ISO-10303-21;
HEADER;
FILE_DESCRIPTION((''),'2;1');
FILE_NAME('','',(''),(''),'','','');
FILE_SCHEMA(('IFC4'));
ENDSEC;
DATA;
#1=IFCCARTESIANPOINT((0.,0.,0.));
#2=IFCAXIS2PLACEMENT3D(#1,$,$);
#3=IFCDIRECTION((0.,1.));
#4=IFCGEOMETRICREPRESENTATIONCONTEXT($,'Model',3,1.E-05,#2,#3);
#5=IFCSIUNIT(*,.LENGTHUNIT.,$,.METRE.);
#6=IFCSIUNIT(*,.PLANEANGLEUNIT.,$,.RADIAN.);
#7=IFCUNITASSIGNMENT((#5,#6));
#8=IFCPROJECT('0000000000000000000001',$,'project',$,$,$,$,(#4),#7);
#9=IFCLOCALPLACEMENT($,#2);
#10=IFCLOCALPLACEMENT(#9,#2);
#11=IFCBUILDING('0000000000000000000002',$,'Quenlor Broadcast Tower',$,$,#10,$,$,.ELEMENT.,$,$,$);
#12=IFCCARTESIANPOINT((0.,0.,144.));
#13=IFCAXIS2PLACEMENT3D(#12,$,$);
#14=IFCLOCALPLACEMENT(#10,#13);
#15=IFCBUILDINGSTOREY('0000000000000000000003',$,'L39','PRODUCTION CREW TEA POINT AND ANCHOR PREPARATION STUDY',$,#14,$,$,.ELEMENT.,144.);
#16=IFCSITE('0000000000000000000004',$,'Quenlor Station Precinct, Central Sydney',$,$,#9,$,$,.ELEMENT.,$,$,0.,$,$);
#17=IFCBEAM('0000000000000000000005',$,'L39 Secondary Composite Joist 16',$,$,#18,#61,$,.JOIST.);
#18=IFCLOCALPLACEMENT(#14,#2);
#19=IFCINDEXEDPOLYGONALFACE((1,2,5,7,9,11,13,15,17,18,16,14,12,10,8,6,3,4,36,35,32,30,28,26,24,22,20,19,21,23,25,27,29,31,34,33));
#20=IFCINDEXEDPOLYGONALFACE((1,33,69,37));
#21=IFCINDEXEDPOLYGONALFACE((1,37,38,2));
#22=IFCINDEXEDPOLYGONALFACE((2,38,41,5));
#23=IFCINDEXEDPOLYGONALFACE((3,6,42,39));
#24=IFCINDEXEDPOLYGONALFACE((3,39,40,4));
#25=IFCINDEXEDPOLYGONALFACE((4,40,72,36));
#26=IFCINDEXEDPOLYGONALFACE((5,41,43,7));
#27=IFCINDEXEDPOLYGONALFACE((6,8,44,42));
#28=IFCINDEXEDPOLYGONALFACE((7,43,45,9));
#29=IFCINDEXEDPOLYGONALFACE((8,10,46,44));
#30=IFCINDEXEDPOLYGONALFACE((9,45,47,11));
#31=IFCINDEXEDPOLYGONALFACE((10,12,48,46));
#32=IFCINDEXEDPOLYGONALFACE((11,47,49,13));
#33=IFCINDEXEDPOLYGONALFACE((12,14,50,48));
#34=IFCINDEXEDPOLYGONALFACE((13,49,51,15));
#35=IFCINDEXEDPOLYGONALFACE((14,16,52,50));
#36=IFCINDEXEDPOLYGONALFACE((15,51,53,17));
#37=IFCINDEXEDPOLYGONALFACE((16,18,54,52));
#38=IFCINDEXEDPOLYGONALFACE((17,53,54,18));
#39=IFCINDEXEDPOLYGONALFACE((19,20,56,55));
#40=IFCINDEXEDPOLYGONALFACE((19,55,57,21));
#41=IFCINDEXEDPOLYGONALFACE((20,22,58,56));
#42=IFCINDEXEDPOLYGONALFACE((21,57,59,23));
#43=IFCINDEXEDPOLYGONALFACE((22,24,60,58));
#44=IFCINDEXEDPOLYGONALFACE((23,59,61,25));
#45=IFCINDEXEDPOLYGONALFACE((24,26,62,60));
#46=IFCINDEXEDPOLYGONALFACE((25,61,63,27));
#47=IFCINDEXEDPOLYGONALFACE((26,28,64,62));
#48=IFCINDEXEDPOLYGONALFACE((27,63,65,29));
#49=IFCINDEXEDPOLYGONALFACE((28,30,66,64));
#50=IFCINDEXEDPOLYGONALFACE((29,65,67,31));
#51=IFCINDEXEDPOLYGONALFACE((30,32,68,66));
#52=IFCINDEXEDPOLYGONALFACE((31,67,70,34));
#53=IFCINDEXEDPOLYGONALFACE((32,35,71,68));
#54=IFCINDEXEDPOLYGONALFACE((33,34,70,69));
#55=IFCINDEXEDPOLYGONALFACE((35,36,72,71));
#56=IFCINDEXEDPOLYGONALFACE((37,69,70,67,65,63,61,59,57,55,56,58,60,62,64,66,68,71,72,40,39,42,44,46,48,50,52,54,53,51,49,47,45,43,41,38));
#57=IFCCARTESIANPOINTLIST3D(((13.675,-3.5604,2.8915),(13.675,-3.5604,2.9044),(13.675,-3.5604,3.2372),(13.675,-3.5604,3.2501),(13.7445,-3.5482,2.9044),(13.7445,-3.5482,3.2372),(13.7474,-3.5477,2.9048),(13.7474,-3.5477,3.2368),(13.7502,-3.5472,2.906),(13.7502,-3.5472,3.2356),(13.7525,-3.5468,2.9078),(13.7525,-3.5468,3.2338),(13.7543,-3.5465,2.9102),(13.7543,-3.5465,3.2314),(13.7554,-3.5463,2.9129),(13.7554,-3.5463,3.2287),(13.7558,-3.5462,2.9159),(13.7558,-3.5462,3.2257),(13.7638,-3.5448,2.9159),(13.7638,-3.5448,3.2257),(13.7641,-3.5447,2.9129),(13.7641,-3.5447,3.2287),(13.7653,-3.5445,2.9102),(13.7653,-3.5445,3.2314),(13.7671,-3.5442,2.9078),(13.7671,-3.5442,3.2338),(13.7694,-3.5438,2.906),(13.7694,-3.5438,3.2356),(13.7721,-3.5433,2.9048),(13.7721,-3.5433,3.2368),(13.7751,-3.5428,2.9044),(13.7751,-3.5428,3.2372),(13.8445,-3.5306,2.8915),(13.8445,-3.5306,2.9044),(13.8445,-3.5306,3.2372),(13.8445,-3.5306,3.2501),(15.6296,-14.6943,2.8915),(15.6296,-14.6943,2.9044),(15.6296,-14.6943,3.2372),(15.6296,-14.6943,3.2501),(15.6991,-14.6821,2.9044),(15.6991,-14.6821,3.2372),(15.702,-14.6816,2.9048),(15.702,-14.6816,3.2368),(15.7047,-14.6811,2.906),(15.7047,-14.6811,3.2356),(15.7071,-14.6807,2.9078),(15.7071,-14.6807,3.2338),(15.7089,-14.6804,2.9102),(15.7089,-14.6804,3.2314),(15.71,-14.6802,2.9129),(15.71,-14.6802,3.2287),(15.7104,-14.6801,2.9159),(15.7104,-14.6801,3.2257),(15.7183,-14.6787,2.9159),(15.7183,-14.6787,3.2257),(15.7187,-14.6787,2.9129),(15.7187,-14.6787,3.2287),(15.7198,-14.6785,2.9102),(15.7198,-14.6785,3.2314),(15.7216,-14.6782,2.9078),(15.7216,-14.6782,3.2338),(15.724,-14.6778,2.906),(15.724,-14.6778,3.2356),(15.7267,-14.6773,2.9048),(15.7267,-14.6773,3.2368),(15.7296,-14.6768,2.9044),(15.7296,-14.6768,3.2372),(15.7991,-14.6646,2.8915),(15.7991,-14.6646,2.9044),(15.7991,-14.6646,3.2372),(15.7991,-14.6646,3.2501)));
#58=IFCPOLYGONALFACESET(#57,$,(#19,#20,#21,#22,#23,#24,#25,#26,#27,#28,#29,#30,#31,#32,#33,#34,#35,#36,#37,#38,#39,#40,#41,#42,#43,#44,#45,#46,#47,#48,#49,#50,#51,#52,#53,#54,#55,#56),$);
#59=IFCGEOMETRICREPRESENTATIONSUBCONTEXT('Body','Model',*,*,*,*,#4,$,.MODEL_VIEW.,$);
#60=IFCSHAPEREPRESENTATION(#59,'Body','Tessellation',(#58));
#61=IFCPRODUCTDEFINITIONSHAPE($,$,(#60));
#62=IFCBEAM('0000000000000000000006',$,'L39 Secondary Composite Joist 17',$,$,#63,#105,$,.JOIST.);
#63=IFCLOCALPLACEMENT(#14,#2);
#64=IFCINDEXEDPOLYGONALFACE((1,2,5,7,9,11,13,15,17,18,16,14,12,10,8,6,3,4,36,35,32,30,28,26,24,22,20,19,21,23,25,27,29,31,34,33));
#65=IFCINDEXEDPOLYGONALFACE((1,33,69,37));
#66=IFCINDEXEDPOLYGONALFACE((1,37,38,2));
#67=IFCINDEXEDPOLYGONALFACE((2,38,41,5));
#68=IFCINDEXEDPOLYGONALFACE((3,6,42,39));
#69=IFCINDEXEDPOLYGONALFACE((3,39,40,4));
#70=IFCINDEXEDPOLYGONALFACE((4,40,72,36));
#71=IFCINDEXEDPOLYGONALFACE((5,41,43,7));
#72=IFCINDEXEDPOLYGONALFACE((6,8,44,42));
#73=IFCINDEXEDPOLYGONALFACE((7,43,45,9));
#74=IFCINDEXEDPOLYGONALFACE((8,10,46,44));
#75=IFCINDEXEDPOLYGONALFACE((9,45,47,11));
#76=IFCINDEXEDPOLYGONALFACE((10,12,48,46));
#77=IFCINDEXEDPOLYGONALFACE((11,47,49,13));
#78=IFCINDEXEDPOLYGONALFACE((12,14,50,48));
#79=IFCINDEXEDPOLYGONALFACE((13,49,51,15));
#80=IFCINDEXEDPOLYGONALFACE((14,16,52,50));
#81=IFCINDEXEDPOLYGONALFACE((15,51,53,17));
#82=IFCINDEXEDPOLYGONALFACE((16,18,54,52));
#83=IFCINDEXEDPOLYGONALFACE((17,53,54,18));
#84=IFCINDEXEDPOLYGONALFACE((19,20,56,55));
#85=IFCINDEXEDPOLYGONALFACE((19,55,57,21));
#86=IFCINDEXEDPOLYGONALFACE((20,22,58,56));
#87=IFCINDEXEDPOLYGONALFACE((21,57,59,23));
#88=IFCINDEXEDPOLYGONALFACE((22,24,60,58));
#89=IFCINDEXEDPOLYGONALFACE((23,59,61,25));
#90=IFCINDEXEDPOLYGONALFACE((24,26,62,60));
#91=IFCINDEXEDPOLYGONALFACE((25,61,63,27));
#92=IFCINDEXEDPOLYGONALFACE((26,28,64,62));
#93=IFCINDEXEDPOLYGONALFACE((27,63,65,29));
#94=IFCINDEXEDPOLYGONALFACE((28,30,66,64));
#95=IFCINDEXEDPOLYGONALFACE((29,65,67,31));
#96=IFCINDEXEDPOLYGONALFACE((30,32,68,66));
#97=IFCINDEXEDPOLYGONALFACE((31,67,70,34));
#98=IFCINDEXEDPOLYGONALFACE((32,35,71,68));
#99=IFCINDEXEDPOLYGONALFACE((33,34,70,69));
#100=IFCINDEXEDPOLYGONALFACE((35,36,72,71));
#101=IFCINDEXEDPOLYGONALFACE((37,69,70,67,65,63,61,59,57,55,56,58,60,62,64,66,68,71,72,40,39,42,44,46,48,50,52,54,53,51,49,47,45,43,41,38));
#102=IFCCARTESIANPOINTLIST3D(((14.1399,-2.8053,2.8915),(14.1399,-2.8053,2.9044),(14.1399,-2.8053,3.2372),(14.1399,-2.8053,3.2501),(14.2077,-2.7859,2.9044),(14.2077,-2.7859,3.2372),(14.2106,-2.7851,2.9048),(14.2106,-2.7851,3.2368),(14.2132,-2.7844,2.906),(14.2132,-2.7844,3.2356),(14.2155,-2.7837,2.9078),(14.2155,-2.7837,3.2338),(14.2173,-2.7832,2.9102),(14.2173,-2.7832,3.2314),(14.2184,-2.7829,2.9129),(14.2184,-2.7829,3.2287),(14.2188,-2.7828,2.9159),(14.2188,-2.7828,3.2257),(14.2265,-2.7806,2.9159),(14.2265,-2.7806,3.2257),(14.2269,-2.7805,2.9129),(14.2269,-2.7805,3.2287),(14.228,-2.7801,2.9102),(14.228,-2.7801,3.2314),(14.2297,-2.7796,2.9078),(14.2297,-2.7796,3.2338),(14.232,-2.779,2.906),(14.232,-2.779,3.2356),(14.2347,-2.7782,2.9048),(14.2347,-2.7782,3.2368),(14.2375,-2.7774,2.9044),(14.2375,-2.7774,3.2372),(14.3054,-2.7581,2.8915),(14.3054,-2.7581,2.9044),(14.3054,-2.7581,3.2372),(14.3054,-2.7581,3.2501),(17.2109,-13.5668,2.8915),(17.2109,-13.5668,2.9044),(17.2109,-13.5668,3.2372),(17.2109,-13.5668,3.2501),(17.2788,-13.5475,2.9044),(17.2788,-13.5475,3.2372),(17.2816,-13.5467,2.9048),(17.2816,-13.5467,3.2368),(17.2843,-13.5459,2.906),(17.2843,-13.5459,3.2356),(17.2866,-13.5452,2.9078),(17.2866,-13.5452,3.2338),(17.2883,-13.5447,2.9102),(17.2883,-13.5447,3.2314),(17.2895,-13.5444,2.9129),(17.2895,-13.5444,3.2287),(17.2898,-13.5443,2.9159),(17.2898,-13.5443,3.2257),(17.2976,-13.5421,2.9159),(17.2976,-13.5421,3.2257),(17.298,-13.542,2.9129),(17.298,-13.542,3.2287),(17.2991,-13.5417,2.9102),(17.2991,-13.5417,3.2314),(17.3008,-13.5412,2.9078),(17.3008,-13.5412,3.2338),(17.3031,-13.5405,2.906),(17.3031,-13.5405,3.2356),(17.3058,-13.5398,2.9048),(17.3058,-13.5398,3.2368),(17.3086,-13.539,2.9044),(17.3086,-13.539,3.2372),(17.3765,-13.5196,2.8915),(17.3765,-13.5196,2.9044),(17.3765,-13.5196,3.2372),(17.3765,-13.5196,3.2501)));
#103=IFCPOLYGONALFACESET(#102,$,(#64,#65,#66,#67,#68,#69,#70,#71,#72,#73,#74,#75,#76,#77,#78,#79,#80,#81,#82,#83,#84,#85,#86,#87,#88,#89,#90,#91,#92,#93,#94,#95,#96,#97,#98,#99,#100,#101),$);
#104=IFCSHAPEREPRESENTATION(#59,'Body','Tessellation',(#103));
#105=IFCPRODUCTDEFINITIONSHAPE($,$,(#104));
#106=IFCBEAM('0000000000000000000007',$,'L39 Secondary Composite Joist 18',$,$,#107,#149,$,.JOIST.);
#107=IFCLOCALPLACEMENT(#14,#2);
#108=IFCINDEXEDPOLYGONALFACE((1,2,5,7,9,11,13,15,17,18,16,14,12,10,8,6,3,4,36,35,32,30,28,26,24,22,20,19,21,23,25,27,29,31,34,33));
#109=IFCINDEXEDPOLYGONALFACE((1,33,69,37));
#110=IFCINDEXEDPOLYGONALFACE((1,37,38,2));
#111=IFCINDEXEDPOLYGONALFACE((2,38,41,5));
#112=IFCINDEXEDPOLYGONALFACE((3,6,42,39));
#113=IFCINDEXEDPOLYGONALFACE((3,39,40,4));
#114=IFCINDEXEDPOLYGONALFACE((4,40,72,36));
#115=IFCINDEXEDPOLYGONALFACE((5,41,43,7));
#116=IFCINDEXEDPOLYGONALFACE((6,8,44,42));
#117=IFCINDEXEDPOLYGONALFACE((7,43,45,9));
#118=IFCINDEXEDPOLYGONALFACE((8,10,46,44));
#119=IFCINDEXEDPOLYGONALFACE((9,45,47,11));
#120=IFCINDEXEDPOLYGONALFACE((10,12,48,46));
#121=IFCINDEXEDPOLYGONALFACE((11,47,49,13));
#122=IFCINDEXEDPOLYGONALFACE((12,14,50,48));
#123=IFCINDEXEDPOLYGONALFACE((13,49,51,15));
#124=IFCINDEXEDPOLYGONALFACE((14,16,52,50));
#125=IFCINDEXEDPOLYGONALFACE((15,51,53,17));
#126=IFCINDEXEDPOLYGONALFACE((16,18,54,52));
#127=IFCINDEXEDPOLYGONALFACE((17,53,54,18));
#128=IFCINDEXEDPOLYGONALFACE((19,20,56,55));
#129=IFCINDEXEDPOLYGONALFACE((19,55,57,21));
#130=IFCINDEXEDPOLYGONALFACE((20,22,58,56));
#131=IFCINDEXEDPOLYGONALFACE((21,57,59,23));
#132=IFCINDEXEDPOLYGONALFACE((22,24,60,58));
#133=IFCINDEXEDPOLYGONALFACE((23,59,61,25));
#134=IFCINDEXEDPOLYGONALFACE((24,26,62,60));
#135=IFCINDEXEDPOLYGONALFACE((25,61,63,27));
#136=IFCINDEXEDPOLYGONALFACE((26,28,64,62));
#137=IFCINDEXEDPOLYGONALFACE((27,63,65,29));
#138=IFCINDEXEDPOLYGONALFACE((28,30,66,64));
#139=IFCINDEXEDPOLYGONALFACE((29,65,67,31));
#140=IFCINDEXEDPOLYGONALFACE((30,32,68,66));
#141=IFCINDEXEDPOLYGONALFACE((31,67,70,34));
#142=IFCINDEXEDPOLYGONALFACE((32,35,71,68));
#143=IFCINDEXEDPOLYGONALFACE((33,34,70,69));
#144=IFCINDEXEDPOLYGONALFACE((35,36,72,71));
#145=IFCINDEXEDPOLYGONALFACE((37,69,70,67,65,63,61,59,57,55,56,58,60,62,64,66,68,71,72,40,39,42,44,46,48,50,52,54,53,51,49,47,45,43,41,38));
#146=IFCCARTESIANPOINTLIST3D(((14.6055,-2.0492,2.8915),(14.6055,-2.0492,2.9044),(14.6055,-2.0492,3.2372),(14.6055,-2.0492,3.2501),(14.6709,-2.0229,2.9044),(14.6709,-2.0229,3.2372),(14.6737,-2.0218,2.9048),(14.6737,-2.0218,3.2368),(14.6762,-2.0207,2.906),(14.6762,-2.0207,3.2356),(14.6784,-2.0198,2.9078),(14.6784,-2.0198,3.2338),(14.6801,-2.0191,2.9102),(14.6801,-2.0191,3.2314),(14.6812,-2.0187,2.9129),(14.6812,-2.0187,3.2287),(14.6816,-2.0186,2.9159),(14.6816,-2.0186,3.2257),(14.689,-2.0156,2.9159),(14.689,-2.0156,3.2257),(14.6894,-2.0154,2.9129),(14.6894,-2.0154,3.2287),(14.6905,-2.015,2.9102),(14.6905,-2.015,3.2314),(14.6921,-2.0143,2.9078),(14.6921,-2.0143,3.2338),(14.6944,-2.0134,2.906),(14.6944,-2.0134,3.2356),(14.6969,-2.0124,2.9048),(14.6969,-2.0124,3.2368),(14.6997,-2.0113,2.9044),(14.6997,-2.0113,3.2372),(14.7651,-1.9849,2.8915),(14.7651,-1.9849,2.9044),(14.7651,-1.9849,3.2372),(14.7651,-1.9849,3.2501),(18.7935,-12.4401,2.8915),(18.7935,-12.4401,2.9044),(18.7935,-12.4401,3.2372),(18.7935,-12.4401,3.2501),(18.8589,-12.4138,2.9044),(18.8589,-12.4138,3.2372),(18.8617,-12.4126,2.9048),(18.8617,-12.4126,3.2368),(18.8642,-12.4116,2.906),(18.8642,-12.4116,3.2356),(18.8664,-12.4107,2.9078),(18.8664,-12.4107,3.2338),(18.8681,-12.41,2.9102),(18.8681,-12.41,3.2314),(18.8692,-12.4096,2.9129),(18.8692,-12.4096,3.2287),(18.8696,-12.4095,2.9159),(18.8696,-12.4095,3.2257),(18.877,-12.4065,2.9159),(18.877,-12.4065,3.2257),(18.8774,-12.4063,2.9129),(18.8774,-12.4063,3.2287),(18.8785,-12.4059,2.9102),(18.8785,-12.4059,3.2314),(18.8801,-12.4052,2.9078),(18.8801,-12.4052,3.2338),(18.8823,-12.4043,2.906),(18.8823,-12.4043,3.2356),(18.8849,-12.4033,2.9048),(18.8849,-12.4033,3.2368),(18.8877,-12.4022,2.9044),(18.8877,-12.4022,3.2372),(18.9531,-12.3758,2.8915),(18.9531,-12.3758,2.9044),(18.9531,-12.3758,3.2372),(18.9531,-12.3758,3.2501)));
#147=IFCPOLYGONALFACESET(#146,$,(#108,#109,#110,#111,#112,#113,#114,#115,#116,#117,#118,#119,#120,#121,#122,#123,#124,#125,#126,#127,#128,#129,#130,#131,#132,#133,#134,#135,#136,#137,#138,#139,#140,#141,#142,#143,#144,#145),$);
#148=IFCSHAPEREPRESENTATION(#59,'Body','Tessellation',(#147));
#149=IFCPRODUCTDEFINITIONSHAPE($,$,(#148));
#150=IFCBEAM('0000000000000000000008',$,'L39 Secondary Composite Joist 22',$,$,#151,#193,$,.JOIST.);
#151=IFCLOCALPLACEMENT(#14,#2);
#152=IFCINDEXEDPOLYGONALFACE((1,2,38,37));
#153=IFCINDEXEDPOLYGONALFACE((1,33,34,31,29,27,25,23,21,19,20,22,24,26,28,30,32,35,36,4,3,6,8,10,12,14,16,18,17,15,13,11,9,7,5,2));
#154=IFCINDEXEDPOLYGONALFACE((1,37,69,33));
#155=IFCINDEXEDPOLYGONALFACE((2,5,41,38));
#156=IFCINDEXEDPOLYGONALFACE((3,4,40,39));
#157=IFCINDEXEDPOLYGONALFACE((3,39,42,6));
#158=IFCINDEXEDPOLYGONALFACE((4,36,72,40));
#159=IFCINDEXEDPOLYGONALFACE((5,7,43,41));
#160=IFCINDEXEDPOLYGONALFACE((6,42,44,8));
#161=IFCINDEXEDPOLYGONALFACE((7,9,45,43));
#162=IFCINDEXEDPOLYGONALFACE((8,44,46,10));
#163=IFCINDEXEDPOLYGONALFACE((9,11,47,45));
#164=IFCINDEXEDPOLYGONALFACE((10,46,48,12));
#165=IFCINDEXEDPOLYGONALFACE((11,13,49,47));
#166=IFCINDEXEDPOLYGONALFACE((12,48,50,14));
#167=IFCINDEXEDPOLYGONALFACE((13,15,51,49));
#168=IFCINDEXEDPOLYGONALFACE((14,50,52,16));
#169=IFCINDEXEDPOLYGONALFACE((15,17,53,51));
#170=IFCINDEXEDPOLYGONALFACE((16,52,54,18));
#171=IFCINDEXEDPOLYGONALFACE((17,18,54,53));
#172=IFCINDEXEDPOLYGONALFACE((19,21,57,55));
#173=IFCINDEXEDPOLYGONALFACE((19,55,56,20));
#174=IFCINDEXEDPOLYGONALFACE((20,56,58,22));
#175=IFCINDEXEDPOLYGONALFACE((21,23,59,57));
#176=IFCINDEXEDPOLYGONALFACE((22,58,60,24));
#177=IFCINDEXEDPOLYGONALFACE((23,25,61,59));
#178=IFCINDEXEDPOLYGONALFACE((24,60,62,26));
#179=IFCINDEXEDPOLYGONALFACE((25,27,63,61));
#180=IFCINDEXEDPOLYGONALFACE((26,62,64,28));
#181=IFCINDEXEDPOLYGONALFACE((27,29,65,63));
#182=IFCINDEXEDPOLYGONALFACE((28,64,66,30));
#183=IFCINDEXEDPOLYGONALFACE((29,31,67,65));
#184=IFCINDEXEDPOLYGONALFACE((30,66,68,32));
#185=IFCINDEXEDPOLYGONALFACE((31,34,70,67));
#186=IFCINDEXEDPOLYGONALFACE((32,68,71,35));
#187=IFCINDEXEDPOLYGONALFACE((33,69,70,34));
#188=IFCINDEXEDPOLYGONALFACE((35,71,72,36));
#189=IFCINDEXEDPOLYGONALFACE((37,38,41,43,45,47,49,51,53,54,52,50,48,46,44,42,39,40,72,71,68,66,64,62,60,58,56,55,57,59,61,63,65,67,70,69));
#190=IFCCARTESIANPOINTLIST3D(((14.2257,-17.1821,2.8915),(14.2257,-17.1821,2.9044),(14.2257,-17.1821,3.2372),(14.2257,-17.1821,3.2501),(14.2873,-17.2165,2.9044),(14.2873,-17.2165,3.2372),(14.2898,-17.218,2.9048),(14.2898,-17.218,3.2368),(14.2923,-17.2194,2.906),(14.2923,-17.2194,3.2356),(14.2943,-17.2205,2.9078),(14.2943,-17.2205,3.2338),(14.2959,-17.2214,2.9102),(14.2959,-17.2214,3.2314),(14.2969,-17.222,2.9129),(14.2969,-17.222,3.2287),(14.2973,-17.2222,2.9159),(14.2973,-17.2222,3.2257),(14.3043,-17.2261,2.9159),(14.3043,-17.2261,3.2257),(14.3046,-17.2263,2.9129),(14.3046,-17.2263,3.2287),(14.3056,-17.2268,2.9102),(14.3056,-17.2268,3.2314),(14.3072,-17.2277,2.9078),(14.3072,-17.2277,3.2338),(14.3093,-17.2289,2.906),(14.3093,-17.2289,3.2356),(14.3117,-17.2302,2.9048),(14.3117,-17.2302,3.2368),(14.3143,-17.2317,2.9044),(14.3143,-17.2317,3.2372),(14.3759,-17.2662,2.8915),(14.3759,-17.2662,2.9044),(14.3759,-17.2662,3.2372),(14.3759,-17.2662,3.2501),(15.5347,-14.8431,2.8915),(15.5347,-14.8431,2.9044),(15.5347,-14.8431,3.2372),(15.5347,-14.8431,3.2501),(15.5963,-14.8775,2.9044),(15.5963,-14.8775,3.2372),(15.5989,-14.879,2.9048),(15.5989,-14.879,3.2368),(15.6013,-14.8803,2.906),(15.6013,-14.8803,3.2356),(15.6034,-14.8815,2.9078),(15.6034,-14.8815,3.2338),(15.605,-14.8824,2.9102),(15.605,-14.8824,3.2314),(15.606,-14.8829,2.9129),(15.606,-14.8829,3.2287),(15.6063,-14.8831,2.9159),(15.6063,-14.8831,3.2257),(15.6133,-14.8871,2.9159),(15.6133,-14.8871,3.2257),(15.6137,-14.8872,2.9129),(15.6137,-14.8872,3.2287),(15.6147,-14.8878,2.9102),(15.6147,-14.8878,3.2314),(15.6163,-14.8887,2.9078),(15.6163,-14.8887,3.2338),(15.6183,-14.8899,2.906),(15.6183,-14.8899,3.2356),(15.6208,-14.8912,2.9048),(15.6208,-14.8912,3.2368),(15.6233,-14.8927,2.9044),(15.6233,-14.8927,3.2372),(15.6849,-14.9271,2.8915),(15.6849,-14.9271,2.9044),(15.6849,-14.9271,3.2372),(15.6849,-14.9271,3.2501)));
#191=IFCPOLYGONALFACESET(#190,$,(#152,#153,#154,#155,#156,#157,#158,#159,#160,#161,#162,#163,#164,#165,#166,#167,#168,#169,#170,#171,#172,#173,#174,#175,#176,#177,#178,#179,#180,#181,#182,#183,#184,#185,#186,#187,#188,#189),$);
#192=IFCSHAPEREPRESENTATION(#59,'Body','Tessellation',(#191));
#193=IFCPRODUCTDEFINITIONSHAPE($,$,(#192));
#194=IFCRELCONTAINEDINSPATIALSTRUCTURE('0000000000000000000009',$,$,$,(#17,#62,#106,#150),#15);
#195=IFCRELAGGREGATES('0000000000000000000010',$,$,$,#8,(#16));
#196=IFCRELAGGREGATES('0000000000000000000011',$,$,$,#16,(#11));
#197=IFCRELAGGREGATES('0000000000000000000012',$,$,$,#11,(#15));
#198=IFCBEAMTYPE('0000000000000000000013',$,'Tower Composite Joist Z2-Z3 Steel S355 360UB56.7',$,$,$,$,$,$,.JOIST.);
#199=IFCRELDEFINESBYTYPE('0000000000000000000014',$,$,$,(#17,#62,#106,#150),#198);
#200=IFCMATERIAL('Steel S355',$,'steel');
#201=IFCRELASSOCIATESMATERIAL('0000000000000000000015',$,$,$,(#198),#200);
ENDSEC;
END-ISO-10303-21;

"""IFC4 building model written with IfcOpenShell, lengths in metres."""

from ifc_helpers import new_model, si_unit, direction, frame, origin, origin_2d, place, context, subcontext, project, spatial, i_section, extrude, material, material_profile, profile_set, type_object, element, save


model = new_model("IFC4")

# Units and contexts
model_context = context("Model", 3, precision=1e-05, world=origin(), true_north=direction((0.0, 1.0)))
body_context = subcontext(model_context, "Body", "Model", "MODEL_VIEW")
ifc_project = project(units=[si_unit("LENGTHUNIT", "METRE"), si_unit("PLANEANGLEUNIT", "RADIAN")], contexts=[model_context])

# Site, building, storey
site_placement = place(None, origin())
site = spatial("IfcSite", under=ifc_project, at=site_placement, Name="Quenlor Station Precinct, Central Sydney", CompositionType="ELEMENT", RefElevation=0.0)
building_placement = place(site_placement, origin())
building = spatial("IfcBuilding", under=site, at=building_placement, Name="Quenlor Broadcast Tower", CompositionType="ELEMENT")
storey_placement = place(building_placement, frame((0.0, 0.0, 144.0)))
storey = spatial("IfcBuildingStorey", under=building, at=storey_placement, Name="L39", Description="PRODUCTION CREW TEA POINT AND ANCHOR PREPARATION STUDY", CompositionType="ELEMENT", Elevation=144.0)

# Beams
ifc_material_1 = material(Name="Steel S355", Category="steel")
ifc_material_profile_1 = material_profile(ifc_material_1, i_section(OverallWidth=0.1721, OverallDepth=0.3586, WebThickness=0.0081, FlangeThickness=0.0129, FilletRadius=0.0115, at=origin_2d()))
ifc_profile_set_1 = profile_set([ifc_material_profile_1], Name="Steel S355 360UB56.7")
beam_type_1 = type_object("IfcBeamType", Name="Tower Composite Joist Z2-Z3 Steel S355 360UB56.7", PredefinedType="JOIST", material=ifc_profile_set_1)
beam_1_placement = place(storey_placement, frame((15.7144, -14.6794, 3.0708), z_axis=(-0.172907, 0.984938, 0.0), x_axis=(-0.984938, -0.172907, 0.0)))
element("IfcBeam", 1, at=beam_1_placement, inside=storey, type_object=beam_type_1, Name="L39 Secondary Composite Joist 16", PredefinedType="JOIST", context=body_context, shape_type="SweptSolid", body=[
    extrude(i_section(OverallWidth=0.1721, OverallDepth=0.3586, WebThickness=0.0081, FlangeThickness=0.0129, FilletRadius=0.0115, at=origin_2d()), origin(), (0.0, 0.0, 1.0), 11.3042),
])
beam_2_placement = place(storey_placement, frame((17.2937, -13.5432, 3.0708), z_axis=(-0.274419, 0.96161, 0.0), x_axis=(-0.96161, -0.274419, 0.0)))
element("IfcBeam", 2, at=beam_2_placement, inside=storey, type_object=beam_type_1, Name="L39 Secondary Composite Joist 17", PredefinedType="JOIST", context=body_context, shape_type="SweptSolid", body=[
    extrude(i_section(OverallWidth=0.1721, OverallDepth=0.3586, WebThickness=0.0081, FlangeThickness=0.0129, FilletRadius=0.0115, at=origin_2d()), origin(), (0.0, 0.0, 1.0), 11.1912),
])
beam_3_placement = place(storey_placement, frame((18.8733, -12.408, 3.0708), z_axis=(-0.373824, 0.9275, 0.0), x_axis=(-0.9275, -0.373824, 0.0)))
element("IfcBeam", 3, at=beam_3_placement, inside=storey, type_object=beam_type_1, Name="L39 Secondary Composite Joist 18", PredefinedType="JOIST", context=body_context, shape_type="SweptSolid", body=[
    extrude(i_section(OverallWidth=0.1721, OverallDepth=0.3586, WebThickness=0.0081, FlangeThickness=0.0129, FilletRadius=0.0115, at=origin_2d()), origin(), (0.0, 0.0, 1.0), 11.2031),
])
beam_4_placement = place(storey_placement, frame((14.3008, -17.2241, 3.0708), z_axis=(0.48837, 0.872636, 0.0), x_axis=(-0.872636, 0.48837, 0.0)))
element("IfcBeam", 4, at=beam_4_placement, inside=storey, type_object=beam_type_1, Name="L39 Secondary Composite Joist 22", PredefinedType="JOIST", context=body_context, shape_type="SweptSolid", body=[
    extrude(i_section(OverallWidth=0.1721, OverallDepth=0.3586, WebThickness=0.0081, FlangeThickness=0.0129, FilletRadius=0.0115, at=origin_2d()), origin(), (0.0, 0.0, 1.0), 2.6804),
])

save(model, "model.ifc")
